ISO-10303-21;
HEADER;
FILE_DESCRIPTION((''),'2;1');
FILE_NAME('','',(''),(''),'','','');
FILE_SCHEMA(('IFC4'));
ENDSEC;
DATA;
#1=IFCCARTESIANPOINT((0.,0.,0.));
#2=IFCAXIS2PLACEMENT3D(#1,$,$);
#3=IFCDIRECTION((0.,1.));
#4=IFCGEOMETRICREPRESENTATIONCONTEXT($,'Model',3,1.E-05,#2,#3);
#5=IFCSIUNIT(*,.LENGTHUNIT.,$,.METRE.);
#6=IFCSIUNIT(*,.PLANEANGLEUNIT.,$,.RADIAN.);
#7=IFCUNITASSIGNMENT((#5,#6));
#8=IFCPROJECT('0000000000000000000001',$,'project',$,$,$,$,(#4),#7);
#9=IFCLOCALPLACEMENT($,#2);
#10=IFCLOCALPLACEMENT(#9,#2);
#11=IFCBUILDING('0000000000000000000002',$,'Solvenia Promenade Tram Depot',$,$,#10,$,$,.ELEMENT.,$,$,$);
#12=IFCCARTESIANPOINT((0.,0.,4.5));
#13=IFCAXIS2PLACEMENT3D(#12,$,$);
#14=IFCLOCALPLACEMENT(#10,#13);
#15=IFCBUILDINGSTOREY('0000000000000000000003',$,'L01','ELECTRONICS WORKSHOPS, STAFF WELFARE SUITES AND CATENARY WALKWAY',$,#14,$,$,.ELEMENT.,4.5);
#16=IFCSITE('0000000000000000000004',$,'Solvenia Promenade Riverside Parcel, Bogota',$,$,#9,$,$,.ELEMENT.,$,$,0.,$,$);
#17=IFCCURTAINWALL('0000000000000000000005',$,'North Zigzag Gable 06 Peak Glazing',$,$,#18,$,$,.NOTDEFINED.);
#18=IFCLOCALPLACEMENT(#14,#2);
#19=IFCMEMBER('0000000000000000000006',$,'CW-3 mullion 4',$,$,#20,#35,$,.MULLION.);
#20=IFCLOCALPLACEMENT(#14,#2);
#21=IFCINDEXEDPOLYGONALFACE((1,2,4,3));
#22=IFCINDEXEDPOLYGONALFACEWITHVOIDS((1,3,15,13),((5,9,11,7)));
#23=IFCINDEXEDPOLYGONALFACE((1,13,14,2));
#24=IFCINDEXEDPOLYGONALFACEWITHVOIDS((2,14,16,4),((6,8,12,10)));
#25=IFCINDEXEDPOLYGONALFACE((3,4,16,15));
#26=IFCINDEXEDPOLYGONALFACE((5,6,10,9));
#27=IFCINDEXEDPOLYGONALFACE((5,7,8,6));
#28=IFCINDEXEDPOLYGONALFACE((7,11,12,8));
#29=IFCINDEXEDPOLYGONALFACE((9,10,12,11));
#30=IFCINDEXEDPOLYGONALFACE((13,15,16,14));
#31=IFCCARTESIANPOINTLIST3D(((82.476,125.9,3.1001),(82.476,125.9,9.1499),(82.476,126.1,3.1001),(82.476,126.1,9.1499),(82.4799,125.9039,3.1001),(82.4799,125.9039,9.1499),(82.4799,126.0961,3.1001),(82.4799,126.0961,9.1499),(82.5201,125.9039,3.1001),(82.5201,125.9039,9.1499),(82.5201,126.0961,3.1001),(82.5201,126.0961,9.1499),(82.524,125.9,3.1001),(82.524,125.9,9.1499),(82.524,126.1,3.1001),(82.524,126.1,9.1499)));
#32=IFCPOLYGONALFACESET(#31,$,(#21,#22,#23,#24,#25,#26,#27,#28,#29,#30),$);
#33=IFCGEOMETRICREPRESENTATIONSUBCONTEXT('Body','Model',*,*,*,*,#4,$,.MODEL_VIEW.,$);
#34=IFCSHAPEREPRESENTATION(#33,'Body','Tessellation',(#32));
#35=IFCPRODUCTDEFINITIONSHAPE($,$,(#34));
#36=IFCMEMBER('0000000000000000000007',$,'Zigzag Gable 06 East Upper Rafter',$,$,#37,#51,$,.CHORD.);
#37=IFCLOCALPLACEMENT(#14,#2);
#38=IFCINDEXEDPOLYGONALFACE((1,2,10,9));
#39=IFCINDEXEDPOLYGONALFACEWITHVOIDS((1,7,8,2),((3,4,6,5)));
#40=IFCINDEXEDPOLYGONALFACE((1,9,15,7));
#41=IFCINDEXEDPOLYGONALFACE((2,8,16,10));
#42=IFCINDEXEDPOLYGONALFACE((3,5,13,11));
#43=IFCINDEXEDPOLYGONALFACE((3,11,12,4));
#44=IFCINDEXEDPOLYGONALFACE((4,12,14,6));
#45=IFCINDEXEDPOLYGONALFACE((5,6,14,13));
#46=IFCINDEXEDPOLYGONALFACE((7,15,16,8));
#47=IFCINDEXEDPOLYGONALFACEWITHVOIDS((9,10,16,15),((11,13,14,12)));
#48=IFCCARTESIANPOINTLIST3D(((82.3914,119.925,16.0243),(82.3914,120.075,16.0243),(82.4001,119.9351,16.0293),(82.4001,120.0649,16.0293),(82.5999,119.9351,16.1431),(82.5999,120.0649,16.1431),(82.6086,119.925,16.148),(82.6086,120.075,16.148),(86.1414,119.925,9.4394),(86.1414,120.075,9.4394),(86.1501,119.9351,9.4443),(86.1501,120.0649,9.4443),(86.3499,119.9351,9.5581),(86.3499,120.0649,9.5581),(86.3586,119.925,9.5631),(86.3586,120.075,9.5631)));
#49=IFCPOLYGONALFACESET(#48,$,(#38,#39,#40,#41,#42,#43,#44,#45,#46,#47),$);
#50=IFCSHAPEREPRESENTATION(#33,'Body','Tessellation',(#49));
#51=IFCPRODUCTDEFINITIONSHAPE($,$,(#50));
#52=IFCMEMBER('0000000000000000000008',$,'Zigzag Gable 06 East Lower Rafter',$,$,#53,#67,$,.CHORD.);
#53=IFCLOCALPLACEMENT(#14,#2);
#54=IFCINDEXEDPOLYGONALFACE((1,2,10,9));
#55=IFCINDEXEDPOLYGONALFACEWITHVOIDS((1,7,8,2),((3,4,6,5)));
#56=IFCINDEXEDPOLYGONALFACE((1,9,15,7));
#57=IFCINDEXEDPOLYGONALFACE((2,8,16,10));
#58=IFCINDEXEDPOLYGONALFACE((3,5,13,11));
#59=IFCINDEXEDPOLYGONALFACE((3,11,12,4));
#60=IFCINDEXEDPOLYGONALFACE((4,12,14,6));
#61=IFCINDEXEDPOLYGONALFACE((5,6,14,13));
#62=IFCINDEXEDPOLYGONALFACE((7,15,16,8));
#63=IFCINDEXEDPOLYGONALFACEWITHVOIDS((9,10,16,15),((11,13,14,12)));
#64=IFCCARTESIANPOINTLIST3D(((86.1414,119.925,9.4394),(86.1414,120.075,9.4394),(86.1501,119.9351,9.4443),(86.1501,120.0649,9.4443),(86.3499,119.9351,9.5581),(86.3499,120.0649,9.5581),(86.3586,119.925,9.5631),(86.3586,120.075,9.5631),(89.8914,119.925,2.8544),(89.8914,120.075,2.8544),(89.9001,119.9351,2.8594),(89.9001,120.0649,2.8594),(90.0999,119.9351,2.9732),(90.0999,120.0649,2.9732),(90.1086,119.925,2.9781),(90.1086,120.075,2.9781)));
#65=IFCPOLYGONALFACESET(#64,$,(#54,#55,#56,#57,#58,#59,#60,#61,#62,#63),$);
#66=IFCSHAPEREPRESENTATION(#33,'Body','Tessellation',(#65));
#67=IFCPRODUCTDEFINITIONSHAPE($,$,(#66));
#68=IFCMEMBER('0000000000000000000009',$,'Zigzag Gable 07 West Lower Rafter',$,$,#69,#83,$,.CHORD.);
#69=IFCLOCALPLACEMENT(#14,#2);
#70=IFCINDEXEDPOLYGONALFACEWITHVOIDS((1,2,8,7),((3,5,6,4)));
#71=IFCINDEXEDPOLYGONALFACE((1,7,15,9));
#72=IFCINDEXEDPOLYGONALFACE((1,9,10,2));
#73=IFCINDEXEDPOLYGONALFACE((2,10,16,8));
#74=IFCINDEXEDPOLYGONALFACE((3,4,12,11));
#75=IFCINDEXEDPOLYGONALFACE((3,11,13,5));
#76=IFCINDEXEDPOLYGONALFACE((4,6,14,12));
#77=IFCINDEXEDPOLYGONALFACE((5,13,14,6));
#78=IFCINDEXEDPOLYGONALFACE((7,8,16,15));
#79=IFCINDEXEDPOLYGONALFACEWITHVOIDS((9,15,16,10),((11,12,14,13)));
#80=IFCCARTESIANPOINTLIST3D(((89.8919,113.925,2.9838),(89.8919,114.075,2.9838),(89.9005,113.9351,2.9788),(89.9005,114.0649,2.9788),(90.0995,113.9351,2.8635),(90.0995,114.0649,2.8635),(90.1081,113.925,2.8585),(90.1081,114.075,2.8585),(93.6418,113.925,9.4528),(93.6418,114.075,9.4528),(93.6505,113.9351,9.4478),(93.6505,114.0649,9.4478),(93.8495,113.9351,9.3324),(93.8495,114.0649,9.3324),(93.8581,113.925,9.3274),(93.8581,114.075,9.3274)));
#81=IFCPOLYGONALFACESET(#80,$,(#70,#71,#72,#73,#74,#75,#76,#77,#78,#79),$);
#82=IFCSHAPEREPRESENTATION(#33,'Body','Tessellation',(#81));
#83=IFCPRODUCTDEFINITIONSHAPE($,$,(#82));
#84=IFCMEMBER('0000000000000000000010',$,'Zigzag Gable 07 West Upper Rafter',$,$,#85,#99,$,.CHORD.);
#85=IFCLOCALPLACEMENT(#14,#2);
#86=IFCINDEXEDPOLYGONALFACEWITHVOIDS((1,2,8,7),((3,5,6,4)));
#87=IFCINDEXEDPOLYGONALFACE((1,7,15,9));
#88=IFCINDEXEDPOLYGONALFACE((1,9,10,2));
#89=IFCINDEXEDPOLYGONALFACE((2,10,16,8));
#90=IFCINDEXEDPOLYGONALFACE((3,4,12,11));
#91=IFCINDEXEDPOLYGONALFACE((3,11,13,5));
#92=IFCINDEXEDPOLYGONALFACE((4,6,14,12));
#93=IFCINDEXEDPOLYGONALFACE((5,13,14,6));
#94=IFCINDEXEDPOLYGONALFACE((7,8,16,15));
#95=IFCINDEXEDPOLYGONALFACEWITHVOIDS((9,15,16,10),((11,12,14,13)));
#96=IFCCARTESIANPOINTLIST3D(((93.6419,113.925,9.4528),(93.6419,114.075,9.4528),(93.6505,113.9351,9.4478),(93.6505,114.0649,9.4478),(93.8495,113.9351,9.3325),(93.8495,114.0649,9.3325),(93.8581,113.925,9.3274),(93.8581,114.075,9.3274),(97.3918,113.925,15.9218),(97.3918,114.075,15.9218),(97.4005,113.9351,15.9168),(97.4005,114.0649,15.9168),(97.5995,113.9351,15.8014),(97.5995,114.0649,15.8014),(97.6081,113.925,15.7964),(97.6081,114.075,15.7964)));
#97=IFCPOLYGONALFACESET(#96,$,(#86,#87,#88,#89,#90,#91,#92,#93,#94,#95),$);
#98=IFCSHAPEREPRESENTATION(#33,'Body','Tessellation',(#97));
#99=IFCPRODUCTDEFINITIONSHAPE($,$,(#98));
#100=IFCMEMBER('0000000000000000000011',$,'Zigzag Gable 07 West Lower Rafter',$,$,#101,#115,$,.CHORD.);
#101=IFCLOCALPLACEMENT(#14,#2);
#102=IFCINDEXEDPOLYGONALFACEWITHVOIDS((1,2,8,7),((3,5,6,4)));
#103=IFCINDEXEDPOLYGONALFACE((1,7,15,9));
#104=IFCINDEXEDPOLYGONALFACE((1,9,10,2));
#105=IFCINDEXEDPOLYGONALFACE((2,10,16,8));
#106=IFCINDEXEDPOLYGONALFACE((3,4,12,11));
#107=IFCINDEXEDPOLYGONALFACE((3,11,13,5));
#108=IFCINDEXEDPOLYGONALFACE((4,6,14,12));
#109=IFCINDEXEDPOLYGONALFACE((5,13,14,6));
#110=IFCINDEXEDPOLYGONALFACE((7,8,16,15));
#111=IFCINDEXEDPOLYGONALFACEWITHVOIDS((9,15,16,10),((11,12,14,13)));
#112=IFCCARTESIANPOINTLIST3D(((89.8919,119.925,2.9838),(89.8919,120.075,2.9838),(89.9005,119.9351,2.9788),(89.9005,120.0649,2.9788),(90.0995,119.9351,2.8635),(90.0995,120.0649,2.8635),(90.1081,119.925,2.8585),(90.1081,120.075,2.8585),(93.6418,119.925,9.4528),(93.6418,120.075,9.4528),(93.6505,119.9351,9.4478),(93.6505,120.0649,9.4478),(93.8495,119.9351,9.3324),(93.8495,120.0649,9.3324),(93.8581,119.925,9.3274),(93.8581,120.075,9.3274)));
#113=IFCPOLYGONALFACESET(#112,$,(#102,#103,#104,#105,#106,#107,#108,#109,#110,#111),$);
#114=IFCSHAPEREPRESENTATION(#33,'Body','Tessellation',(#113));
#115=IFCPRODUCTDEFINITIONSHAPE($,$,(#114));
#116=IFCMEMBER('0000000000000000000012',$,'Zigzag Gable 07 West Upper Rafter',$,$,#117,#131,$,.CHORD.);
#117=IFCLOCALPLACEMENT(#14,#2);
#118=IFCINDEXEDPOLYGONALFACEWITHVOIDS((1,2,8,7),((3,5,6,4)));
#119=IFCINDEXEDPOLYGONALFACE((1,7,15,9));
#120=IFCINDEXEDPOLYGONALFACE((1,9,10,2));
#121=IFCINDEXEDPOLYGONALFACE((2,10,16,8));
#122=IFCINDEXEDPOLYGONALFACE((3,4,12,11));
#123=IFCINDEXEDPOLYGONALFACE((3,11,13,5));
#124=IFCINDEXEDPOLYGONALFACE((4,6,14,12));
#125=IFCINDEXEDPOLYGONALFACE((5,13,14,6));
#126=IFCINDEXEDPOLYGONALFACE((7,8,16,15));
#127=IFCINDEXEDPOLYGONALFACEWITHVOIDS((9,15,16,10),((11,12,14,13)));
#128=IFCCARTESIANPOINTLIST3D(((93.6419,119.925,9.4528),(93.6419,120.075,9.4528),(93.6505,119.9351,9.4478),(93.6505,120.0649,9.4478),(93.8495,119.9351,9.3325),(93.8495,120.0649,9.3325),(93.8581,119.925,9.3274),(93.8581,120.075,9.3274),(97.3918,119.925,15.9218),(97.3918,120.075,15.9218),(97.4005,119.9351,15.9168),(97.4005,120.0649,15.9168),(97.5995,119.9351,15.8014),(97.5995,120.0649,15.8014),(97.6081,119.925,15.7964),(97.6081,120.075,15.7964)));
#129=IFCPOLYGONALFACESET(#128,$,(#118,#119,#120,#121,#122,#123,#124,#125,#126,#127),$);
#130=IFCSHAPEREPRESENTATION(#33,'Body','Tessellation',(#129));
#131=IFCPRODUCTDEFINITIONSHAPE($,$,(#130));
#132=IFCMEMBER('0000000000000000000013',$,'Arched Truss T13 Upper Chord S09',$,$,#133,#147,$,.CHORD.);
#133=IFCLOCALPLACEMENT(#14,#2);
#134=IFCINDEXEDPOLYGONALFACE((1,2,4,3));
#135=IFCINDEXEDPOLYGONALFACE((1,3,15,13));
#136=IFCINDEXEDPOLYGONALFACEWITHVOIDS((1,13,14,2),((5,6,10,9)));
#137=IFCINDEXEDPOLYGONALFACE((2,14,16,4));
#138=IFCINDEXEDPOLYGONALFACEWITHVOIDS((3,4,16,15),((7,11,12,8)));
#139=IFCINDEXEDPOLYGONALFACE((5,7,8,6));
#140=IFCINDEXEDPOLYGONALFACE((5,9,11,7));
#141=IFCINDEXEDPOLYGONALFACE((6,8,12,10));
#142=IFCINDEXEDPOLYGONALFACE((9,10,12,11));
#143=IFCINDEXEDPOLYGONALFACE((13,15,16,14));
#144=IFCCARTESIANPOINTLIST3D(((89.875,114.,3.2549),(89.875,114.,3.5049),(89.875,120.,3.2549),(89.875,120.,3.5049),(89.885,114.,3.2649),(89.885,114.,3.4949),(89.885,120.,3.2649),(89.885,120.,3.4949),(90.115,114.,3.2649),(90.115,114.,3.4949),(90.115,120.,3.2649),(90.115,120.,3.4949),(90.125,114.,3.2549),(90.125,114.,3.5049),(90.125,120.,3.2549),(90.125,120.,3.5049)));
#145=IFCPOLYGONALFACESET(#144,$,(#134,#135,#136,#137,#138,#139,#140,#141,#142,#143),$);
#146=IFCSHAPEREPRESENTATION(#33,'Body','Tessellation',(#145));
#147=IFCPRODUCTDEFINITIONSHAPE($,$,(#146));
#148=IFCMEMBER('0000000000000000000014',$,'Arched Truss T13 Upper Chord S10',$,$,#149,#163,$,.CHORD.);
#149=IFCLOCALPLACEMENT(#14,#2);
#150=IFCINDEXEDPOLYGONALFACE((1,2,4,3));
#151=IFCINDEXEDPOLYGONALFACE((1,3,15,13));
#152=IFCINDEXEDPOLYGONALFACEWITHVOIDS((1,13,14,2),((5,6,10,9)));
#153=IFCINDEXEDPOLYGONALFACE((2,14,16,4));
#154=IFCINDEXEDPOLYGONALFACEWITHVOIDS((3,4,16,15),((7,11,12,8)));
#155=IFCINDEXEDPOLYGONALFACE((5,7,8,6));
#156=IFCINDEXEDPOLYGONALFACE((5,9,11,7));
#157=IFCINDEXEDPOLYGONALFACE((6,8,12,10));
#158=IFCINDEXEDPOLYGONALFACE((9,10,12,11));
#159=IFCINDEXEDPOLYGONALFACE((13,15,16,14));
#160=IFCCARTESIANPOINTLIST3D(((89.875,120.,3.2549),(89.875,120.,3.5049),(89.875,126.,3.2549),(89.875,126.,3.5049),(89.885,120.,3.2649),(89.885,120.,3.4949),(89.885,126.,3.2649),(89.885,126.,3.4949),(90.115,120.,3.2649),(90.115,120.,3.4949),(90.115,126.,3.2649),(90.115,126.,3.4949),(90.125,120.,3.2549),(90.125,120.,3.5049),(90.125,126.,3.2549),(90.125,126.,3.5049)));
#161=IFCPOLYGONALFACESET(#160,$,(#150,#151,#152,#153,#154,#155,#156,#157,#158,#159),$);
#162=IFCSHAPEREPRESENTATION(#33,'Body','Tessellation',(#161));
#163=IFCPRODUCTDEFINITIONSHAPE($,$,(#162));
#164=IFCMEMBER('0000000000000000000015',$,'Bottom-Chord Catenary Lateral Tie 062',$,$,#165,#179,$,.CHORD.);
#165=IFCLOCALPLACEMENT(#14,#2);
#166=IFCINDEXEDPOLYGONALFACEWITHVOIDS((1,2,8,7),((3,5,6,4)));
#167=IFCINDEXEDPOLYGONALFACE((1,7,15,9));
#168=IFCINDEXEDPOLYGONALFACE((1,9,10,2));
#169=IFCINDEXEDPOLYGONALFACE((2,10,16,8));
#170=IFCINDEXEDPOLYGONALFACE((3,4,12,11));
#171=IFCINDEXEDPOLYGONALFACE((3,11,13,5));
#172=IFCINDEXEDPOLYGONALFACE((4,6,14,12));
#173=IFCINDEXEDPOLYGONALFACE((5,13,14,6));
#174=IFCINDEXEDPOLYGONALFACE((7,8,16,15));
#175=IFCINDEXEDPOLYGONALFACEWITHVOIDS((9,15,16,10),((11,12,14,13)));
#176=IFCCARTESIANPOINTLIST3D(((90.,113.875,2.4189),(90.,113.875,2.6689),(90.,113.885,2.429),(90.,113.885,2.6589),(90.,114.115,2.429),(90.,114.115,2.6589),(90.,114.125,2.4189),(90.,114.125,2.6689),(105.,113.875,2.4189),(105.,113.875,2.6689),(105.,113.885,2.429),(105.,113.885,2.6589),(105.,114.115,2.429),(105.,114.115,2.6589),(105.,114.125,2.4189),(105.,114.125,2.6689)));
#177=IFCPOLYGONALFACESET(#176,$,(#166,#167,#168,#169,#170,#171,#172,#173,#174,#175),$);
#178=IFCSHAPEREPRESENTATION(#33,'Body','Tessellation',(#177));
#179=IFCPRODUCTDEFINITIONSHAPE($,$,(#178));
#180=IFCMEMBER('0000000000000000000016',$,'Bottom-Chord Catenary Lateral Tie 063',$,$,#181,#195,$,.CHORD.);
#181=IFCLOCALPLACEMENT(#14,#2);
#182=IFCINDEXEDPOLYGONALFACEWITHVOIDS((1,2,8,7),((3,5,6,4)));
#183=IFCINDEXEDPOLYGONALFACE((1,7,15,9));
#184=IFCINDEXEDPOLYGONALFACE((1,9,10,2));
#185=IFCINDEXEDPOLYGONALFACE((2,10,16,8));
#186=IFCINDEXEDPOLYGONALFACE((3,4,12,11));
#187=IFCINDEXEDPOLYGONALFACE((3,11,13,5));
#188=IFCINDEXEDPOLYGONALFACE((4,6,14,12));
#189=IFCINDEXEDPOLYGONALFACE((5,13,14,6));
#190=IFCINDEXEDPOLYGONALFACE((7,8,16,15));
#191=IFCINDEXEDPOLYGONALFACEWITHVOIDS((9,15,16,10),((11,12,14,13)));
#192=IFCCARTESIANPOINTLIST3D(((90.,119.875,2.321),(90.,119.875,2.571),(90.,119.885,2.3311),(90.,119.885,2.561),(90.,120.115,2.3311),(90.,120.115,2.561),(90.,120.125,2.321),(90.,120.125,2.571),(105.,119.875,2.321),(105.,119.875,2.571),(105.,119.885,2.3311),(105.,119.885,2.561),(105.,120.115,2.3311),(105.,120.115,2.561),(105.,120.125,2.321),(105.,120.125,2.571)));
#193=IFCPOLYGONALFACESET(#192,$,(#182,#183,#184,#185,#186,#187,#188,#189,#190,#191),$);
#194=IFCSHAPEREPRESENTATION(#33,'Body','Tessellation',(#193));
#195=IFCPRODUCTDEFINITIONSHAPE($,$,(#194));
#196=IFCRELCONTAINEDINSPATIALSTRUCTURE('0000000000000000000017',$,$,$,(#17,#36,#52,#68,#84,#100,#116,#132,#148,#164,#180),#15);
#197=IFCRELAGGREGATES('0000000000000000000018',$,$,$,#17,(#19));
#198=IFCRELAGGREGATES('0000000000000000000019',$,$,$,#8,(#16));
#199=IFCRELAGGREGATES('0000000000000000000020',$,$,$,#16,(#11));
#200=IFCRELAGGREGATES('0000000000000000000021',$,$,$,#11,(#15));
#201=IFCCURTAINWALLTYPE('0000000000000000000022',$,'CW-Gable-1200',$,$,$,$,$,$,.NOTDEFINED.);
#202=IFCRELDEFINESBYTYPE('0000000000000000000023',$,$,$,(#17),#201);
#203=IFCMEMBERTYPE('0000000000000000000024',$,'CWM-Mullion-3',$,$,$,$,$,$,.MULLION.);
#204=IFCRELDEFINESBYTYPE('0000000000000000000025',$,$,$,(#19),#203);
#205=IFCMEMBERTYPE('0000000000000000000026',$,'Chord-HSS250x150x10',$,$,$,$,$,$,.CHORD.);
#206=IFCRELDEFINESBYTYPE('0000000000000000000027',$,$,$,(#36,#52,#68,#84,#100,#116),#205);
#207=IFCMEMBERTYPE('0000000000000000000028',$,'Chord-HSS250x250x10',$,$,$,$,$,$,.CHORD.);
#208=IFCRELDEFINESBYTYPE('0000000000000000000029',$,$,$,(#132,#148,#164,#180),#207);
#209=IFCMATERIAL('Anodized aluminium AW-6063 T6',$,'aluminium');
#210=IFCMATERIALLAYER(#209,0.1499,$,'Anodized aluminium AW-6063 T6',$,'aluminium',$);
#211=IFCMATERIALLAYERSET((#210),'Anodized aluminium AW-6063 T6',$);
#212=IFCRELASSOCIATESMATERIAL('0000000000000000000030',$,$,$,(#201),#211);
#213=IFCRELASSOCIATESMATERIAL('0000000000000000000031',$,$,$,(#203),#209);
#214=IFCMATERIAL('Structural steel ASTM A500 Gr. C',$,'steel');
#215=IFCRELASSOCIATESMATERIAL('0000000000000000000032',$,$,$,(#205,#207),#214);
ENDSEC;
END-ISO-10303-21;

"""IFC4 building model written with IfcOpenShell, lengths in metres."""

from ifc_helpers import new_model, si_unit, direction, frame, origin, origin_2d, place, context, subcontext, project, spatial, hollow_rectangle, extrude, material, layer, layer_set, material_profile, profile_set, type_object, element, aggregate, save


model = new_model("IFC4")

# Units and contexts
model_context = context("Model", 3, precision=1e-05, world=origin(), true_north=direction((0.0, 1.0)))
body_context = subcontext(model_context, "Body", "Model", "MODEL_VIEW")
ifc_project = project(units=[si_unit("LENGTHUNIT", "METRE"), si_unit("PLANEANGLEUNIT", "RADIAN")], contexts=[model_context])

# Site, building, storey
site_placement = place(None, origin())
site = spatial("IfcSite", under=ifc_project, at=site_placement, Name="Solvenia Promenade Riverside Parcel, Bogota", CompositionType="ELEMENT", RefElevation=0.0)
building_placement = place(site_placement, origin())
building = spatial("IfcBuilding", under=site, at=building_placement, Name="Solvenia Promenade Tram Depot", CompositionType="ELEMENT")
storey_placement = place(building_placement, frame((0.0, 0.0, 4.5)))
storey = spatial("IfcBuildingStorey", under=building, at=storey_placement, Name="L01", Description="ELECTRONICS WORKSHOPS, STAFF WELFARE SUITES AND CATENARY WALKWAY", CompositionType="ELEMENT", Elevation=4.5)

# Curtain wall, member
ifc_material_1 = material(Name="Anodized aluminium AW-6063 T6", Category="aluminium")
ifc_layer_1 = layer(ifc_material_1, 0.1499, Name="Anodized aluminium AW-6063 T6", Category="aluminium")
ifc_layer_set_1 = layer_set([ifc_layer_1], Name="Anodized aluminium AW-6063 T6")
curtain_wall_type = type_object("IfcCurtainWallType", Name="CW-Gable-1200", PredefinedType="NOTDEFINED", material=ifc_layer_set_1)
curtain_wall_placement = place(storey_placement, origin())
curtain_wall = element("IfcCurtainWall", 1, at=curtain_wall_placement, inside=storey, type_object=curtain_wall_type, Name="North Zigzag Gable 06 Peak Glazing", PredefinedType="NOTDEFINED")
ifc_material_profile_1 = material_profile(ifc_material_1, hollow_rectangle(XDim=0.2, YDim=0.0481, WallThickness=0.0039, at=origin_2d()), Name="ALU-M3", Category="aluminium")
ifc_profile_set_1 = profile_set([ifc_material_profile_1], Name="Anodized aluminium AW-6063 T6")
member_type_1 = type_object("IfcMemberType", Name="CWM-Mullion-3", PredefinedType="MULLION", material=ifc_profile_set_1)
member_1_placement = place(storey_placement, frame((82.5, 126.0, 3.1001), z_axis=(0.0, 0.0, 1.0), x_axis=(0.0, 1.0, 0.0)))
member_1 = element("IfcMember", 2, at=member_1_placement, type_object=member_type_1, Name="CW-3 mullion 4", PredefinedType="MULLION", context=body_context, shape_type="SweptSolid", body=[
    extrude(hollow_rectangle(XDim=0.2, YDim=0.0481, WallThickness=0.0039, at=origin_2d()), origin(), (0.0, 0.0, 1.0), 6.0498),
])
aggregate(curtain_wall, [member_1])

# Members
ifc_material_2 = material(Name="Structural steel ASTM A500 Gr. C", Category="steel")
ifc_material_profile_2 = material_profile(ifc_material_2, hollow_rectangle(XDim=0.1499, YDim=0.25, WallThickness=0.01, at=origin_2d()), Name="HSS250x150x10", Category="steel")
ifc_profile_set_2 = profile_set([ifc_material_profile_2], Name="Structural steel ASTM A500 Gr. C")
member_type_2 = type_object("IfcMemberType", Name="Chord-HSS250x150x10", PredefinedType="CHORD", material=ifc_profile_set_2)
for number, where, z_axis, x_axis, name in (
    (3, (82.5, 120.0, 16.0862), (0.494862, 0.0, -0.868972), (0.0, 1.0, 0.0), "Zigzag Gable 06 East Upper Rafter"),
    (4, (86.25, 120.0, 9.5012), (0.494862, 0.0, -0.868972), (0.0, 1.0, 0.0), "Zigzag Gable 06 East Lower Rafter"),
):
    element("IfcMember", number, at=place(storey_placement, frame(where, z_axis=z_axis, x_axis=x_axis)), inside=storey, type_object=member_type_2, Name=name, PredefinedType="CHORD", context=body_context, shape_type="SweptSolid", body=[
        extrude(hollow_rectangle(XDim=0.1499, YDim=0.25, WallThickness=0.01, at=origin_2d()), origin(), (0.0, 0.0, 1.0), 7.5779),
    ])
for number, where, z_axis, x_axis, name in (
    (5, (90.0, 114.0, 2.9211), (0.501516, 0.0, 0.865148), (0.0, 1.0, 0.0), "Zigzag Gable 07 West Lower Rafter"),
    (6, (93.75, 114.0, 9.3901), (0.501516, 0.0, 0.865148), (0.0, 1.0, 0.0), "Zigzag Gable 07 West Upper Rafter"),
    (7, (90.0, 120.0, 2.9211), (0.501516, 0.0, 0.865148), (0.0, 1.0, 0.0), "Zigzag Gable 07 West Lower Rafter"),
    (8, (93.75, 120.0, 9.3901), (0.501516, 0.0, 0.865148), (0.0, 1.0, 0.0), "Zigzag Gable 07 West Upper Rafter"),
):
    element("IfcMember", number, at=place(storey_placement, frame(where, z_axis=z_axis, x_axis=x_axis)), inside=storey, type_object=member_type_2, Name=name, PredefinedType="CHORD", context=body_context, shape_type="SweptSolid", body=[
        extrude(hollow_rectangle(XDim=0.1499, YDim=0.25, WallThickness=0.01, at=origin_2d()), origin(), (0.0, 0.0, 1.0), 7.4773),
    ])
ifc_material_profile_3 = material_profile(ifc_material_2, hollow_rectangle(XDim=0.25, YDim=0.25, WallThickness=0.01, at=origin_2d()), Name="HSS250x250x10", Category="steel")
ifc_profile_set_3 = profile_set([ifc_material_profile_3], Name="Structural steel ASTM A500 Gr. C")
member_type_3 = type_object("IfcMemberType", Name="Chord-HSS250x250x10", PredefinedType="CHORD", material=ifc_profile_set_3)
for number, where, z_axis, x_axis, name in (
    (9, (90.0, 114.0, 3.3799), (0.0, 1.0, 0.0), (-1.0, 0.0, 0.0), "Arched Truss T13 Upper Chord S09"),
    (10, (90.0, 120.0, 3.3799), (0.0, 1.0, 0.0), (-1.0, 0.0, 0.0), "Arched Truss T13 Upper Chord S10"),
):
    element("IfcMember", number, at=place(storey_placement, frame(where, z_axis=z_axis, x_axis=x_axis)), inside=storey, type_object=member_type_3, Name=name, PredefinedType="CHORD", context=body_context, shape_type="SweptSolid", body=[
        extrude(hollow_rectangle(XDim=0.25, YDim=0.25, WallThickness=0.01, at=origin_2d()), origin(), (0.0, 0.0, 1.0), 6.0),
    ])
for number, where, z_axis, x_axis, name in (
    (11, (90.0, 114.0, 2.5439), (1.0, 0.0, 0.0), (0.0, 1.0, 0.0), "Bottom-Chord Catenary Lateral Tie 062"),
    (12, (90.0, 120.0, 2.446), (1.0, 0.0, 0.0), (0.0, 1.0, 0.0), "Bottom-Chord Catenary Lateral Tie 063"),
):
    element("IfcMember", number, at=place(storey_placement, frame(where, z_axis=z_axis, x_axis=x_axis)), inside=storey, type_object=member_type_3, Name=name, PredefinedType="CHORD", context=body_context, shape_type="SweptSolid", body=[
        extrude(hollow_rectangle(XDim=0.25, YDim=0.25, WallThickness=0.01, at=origin_2d()), origin(), (0.0, 0.0, 1.0), 15.0),
    ])

save(model, "model.ifc")
